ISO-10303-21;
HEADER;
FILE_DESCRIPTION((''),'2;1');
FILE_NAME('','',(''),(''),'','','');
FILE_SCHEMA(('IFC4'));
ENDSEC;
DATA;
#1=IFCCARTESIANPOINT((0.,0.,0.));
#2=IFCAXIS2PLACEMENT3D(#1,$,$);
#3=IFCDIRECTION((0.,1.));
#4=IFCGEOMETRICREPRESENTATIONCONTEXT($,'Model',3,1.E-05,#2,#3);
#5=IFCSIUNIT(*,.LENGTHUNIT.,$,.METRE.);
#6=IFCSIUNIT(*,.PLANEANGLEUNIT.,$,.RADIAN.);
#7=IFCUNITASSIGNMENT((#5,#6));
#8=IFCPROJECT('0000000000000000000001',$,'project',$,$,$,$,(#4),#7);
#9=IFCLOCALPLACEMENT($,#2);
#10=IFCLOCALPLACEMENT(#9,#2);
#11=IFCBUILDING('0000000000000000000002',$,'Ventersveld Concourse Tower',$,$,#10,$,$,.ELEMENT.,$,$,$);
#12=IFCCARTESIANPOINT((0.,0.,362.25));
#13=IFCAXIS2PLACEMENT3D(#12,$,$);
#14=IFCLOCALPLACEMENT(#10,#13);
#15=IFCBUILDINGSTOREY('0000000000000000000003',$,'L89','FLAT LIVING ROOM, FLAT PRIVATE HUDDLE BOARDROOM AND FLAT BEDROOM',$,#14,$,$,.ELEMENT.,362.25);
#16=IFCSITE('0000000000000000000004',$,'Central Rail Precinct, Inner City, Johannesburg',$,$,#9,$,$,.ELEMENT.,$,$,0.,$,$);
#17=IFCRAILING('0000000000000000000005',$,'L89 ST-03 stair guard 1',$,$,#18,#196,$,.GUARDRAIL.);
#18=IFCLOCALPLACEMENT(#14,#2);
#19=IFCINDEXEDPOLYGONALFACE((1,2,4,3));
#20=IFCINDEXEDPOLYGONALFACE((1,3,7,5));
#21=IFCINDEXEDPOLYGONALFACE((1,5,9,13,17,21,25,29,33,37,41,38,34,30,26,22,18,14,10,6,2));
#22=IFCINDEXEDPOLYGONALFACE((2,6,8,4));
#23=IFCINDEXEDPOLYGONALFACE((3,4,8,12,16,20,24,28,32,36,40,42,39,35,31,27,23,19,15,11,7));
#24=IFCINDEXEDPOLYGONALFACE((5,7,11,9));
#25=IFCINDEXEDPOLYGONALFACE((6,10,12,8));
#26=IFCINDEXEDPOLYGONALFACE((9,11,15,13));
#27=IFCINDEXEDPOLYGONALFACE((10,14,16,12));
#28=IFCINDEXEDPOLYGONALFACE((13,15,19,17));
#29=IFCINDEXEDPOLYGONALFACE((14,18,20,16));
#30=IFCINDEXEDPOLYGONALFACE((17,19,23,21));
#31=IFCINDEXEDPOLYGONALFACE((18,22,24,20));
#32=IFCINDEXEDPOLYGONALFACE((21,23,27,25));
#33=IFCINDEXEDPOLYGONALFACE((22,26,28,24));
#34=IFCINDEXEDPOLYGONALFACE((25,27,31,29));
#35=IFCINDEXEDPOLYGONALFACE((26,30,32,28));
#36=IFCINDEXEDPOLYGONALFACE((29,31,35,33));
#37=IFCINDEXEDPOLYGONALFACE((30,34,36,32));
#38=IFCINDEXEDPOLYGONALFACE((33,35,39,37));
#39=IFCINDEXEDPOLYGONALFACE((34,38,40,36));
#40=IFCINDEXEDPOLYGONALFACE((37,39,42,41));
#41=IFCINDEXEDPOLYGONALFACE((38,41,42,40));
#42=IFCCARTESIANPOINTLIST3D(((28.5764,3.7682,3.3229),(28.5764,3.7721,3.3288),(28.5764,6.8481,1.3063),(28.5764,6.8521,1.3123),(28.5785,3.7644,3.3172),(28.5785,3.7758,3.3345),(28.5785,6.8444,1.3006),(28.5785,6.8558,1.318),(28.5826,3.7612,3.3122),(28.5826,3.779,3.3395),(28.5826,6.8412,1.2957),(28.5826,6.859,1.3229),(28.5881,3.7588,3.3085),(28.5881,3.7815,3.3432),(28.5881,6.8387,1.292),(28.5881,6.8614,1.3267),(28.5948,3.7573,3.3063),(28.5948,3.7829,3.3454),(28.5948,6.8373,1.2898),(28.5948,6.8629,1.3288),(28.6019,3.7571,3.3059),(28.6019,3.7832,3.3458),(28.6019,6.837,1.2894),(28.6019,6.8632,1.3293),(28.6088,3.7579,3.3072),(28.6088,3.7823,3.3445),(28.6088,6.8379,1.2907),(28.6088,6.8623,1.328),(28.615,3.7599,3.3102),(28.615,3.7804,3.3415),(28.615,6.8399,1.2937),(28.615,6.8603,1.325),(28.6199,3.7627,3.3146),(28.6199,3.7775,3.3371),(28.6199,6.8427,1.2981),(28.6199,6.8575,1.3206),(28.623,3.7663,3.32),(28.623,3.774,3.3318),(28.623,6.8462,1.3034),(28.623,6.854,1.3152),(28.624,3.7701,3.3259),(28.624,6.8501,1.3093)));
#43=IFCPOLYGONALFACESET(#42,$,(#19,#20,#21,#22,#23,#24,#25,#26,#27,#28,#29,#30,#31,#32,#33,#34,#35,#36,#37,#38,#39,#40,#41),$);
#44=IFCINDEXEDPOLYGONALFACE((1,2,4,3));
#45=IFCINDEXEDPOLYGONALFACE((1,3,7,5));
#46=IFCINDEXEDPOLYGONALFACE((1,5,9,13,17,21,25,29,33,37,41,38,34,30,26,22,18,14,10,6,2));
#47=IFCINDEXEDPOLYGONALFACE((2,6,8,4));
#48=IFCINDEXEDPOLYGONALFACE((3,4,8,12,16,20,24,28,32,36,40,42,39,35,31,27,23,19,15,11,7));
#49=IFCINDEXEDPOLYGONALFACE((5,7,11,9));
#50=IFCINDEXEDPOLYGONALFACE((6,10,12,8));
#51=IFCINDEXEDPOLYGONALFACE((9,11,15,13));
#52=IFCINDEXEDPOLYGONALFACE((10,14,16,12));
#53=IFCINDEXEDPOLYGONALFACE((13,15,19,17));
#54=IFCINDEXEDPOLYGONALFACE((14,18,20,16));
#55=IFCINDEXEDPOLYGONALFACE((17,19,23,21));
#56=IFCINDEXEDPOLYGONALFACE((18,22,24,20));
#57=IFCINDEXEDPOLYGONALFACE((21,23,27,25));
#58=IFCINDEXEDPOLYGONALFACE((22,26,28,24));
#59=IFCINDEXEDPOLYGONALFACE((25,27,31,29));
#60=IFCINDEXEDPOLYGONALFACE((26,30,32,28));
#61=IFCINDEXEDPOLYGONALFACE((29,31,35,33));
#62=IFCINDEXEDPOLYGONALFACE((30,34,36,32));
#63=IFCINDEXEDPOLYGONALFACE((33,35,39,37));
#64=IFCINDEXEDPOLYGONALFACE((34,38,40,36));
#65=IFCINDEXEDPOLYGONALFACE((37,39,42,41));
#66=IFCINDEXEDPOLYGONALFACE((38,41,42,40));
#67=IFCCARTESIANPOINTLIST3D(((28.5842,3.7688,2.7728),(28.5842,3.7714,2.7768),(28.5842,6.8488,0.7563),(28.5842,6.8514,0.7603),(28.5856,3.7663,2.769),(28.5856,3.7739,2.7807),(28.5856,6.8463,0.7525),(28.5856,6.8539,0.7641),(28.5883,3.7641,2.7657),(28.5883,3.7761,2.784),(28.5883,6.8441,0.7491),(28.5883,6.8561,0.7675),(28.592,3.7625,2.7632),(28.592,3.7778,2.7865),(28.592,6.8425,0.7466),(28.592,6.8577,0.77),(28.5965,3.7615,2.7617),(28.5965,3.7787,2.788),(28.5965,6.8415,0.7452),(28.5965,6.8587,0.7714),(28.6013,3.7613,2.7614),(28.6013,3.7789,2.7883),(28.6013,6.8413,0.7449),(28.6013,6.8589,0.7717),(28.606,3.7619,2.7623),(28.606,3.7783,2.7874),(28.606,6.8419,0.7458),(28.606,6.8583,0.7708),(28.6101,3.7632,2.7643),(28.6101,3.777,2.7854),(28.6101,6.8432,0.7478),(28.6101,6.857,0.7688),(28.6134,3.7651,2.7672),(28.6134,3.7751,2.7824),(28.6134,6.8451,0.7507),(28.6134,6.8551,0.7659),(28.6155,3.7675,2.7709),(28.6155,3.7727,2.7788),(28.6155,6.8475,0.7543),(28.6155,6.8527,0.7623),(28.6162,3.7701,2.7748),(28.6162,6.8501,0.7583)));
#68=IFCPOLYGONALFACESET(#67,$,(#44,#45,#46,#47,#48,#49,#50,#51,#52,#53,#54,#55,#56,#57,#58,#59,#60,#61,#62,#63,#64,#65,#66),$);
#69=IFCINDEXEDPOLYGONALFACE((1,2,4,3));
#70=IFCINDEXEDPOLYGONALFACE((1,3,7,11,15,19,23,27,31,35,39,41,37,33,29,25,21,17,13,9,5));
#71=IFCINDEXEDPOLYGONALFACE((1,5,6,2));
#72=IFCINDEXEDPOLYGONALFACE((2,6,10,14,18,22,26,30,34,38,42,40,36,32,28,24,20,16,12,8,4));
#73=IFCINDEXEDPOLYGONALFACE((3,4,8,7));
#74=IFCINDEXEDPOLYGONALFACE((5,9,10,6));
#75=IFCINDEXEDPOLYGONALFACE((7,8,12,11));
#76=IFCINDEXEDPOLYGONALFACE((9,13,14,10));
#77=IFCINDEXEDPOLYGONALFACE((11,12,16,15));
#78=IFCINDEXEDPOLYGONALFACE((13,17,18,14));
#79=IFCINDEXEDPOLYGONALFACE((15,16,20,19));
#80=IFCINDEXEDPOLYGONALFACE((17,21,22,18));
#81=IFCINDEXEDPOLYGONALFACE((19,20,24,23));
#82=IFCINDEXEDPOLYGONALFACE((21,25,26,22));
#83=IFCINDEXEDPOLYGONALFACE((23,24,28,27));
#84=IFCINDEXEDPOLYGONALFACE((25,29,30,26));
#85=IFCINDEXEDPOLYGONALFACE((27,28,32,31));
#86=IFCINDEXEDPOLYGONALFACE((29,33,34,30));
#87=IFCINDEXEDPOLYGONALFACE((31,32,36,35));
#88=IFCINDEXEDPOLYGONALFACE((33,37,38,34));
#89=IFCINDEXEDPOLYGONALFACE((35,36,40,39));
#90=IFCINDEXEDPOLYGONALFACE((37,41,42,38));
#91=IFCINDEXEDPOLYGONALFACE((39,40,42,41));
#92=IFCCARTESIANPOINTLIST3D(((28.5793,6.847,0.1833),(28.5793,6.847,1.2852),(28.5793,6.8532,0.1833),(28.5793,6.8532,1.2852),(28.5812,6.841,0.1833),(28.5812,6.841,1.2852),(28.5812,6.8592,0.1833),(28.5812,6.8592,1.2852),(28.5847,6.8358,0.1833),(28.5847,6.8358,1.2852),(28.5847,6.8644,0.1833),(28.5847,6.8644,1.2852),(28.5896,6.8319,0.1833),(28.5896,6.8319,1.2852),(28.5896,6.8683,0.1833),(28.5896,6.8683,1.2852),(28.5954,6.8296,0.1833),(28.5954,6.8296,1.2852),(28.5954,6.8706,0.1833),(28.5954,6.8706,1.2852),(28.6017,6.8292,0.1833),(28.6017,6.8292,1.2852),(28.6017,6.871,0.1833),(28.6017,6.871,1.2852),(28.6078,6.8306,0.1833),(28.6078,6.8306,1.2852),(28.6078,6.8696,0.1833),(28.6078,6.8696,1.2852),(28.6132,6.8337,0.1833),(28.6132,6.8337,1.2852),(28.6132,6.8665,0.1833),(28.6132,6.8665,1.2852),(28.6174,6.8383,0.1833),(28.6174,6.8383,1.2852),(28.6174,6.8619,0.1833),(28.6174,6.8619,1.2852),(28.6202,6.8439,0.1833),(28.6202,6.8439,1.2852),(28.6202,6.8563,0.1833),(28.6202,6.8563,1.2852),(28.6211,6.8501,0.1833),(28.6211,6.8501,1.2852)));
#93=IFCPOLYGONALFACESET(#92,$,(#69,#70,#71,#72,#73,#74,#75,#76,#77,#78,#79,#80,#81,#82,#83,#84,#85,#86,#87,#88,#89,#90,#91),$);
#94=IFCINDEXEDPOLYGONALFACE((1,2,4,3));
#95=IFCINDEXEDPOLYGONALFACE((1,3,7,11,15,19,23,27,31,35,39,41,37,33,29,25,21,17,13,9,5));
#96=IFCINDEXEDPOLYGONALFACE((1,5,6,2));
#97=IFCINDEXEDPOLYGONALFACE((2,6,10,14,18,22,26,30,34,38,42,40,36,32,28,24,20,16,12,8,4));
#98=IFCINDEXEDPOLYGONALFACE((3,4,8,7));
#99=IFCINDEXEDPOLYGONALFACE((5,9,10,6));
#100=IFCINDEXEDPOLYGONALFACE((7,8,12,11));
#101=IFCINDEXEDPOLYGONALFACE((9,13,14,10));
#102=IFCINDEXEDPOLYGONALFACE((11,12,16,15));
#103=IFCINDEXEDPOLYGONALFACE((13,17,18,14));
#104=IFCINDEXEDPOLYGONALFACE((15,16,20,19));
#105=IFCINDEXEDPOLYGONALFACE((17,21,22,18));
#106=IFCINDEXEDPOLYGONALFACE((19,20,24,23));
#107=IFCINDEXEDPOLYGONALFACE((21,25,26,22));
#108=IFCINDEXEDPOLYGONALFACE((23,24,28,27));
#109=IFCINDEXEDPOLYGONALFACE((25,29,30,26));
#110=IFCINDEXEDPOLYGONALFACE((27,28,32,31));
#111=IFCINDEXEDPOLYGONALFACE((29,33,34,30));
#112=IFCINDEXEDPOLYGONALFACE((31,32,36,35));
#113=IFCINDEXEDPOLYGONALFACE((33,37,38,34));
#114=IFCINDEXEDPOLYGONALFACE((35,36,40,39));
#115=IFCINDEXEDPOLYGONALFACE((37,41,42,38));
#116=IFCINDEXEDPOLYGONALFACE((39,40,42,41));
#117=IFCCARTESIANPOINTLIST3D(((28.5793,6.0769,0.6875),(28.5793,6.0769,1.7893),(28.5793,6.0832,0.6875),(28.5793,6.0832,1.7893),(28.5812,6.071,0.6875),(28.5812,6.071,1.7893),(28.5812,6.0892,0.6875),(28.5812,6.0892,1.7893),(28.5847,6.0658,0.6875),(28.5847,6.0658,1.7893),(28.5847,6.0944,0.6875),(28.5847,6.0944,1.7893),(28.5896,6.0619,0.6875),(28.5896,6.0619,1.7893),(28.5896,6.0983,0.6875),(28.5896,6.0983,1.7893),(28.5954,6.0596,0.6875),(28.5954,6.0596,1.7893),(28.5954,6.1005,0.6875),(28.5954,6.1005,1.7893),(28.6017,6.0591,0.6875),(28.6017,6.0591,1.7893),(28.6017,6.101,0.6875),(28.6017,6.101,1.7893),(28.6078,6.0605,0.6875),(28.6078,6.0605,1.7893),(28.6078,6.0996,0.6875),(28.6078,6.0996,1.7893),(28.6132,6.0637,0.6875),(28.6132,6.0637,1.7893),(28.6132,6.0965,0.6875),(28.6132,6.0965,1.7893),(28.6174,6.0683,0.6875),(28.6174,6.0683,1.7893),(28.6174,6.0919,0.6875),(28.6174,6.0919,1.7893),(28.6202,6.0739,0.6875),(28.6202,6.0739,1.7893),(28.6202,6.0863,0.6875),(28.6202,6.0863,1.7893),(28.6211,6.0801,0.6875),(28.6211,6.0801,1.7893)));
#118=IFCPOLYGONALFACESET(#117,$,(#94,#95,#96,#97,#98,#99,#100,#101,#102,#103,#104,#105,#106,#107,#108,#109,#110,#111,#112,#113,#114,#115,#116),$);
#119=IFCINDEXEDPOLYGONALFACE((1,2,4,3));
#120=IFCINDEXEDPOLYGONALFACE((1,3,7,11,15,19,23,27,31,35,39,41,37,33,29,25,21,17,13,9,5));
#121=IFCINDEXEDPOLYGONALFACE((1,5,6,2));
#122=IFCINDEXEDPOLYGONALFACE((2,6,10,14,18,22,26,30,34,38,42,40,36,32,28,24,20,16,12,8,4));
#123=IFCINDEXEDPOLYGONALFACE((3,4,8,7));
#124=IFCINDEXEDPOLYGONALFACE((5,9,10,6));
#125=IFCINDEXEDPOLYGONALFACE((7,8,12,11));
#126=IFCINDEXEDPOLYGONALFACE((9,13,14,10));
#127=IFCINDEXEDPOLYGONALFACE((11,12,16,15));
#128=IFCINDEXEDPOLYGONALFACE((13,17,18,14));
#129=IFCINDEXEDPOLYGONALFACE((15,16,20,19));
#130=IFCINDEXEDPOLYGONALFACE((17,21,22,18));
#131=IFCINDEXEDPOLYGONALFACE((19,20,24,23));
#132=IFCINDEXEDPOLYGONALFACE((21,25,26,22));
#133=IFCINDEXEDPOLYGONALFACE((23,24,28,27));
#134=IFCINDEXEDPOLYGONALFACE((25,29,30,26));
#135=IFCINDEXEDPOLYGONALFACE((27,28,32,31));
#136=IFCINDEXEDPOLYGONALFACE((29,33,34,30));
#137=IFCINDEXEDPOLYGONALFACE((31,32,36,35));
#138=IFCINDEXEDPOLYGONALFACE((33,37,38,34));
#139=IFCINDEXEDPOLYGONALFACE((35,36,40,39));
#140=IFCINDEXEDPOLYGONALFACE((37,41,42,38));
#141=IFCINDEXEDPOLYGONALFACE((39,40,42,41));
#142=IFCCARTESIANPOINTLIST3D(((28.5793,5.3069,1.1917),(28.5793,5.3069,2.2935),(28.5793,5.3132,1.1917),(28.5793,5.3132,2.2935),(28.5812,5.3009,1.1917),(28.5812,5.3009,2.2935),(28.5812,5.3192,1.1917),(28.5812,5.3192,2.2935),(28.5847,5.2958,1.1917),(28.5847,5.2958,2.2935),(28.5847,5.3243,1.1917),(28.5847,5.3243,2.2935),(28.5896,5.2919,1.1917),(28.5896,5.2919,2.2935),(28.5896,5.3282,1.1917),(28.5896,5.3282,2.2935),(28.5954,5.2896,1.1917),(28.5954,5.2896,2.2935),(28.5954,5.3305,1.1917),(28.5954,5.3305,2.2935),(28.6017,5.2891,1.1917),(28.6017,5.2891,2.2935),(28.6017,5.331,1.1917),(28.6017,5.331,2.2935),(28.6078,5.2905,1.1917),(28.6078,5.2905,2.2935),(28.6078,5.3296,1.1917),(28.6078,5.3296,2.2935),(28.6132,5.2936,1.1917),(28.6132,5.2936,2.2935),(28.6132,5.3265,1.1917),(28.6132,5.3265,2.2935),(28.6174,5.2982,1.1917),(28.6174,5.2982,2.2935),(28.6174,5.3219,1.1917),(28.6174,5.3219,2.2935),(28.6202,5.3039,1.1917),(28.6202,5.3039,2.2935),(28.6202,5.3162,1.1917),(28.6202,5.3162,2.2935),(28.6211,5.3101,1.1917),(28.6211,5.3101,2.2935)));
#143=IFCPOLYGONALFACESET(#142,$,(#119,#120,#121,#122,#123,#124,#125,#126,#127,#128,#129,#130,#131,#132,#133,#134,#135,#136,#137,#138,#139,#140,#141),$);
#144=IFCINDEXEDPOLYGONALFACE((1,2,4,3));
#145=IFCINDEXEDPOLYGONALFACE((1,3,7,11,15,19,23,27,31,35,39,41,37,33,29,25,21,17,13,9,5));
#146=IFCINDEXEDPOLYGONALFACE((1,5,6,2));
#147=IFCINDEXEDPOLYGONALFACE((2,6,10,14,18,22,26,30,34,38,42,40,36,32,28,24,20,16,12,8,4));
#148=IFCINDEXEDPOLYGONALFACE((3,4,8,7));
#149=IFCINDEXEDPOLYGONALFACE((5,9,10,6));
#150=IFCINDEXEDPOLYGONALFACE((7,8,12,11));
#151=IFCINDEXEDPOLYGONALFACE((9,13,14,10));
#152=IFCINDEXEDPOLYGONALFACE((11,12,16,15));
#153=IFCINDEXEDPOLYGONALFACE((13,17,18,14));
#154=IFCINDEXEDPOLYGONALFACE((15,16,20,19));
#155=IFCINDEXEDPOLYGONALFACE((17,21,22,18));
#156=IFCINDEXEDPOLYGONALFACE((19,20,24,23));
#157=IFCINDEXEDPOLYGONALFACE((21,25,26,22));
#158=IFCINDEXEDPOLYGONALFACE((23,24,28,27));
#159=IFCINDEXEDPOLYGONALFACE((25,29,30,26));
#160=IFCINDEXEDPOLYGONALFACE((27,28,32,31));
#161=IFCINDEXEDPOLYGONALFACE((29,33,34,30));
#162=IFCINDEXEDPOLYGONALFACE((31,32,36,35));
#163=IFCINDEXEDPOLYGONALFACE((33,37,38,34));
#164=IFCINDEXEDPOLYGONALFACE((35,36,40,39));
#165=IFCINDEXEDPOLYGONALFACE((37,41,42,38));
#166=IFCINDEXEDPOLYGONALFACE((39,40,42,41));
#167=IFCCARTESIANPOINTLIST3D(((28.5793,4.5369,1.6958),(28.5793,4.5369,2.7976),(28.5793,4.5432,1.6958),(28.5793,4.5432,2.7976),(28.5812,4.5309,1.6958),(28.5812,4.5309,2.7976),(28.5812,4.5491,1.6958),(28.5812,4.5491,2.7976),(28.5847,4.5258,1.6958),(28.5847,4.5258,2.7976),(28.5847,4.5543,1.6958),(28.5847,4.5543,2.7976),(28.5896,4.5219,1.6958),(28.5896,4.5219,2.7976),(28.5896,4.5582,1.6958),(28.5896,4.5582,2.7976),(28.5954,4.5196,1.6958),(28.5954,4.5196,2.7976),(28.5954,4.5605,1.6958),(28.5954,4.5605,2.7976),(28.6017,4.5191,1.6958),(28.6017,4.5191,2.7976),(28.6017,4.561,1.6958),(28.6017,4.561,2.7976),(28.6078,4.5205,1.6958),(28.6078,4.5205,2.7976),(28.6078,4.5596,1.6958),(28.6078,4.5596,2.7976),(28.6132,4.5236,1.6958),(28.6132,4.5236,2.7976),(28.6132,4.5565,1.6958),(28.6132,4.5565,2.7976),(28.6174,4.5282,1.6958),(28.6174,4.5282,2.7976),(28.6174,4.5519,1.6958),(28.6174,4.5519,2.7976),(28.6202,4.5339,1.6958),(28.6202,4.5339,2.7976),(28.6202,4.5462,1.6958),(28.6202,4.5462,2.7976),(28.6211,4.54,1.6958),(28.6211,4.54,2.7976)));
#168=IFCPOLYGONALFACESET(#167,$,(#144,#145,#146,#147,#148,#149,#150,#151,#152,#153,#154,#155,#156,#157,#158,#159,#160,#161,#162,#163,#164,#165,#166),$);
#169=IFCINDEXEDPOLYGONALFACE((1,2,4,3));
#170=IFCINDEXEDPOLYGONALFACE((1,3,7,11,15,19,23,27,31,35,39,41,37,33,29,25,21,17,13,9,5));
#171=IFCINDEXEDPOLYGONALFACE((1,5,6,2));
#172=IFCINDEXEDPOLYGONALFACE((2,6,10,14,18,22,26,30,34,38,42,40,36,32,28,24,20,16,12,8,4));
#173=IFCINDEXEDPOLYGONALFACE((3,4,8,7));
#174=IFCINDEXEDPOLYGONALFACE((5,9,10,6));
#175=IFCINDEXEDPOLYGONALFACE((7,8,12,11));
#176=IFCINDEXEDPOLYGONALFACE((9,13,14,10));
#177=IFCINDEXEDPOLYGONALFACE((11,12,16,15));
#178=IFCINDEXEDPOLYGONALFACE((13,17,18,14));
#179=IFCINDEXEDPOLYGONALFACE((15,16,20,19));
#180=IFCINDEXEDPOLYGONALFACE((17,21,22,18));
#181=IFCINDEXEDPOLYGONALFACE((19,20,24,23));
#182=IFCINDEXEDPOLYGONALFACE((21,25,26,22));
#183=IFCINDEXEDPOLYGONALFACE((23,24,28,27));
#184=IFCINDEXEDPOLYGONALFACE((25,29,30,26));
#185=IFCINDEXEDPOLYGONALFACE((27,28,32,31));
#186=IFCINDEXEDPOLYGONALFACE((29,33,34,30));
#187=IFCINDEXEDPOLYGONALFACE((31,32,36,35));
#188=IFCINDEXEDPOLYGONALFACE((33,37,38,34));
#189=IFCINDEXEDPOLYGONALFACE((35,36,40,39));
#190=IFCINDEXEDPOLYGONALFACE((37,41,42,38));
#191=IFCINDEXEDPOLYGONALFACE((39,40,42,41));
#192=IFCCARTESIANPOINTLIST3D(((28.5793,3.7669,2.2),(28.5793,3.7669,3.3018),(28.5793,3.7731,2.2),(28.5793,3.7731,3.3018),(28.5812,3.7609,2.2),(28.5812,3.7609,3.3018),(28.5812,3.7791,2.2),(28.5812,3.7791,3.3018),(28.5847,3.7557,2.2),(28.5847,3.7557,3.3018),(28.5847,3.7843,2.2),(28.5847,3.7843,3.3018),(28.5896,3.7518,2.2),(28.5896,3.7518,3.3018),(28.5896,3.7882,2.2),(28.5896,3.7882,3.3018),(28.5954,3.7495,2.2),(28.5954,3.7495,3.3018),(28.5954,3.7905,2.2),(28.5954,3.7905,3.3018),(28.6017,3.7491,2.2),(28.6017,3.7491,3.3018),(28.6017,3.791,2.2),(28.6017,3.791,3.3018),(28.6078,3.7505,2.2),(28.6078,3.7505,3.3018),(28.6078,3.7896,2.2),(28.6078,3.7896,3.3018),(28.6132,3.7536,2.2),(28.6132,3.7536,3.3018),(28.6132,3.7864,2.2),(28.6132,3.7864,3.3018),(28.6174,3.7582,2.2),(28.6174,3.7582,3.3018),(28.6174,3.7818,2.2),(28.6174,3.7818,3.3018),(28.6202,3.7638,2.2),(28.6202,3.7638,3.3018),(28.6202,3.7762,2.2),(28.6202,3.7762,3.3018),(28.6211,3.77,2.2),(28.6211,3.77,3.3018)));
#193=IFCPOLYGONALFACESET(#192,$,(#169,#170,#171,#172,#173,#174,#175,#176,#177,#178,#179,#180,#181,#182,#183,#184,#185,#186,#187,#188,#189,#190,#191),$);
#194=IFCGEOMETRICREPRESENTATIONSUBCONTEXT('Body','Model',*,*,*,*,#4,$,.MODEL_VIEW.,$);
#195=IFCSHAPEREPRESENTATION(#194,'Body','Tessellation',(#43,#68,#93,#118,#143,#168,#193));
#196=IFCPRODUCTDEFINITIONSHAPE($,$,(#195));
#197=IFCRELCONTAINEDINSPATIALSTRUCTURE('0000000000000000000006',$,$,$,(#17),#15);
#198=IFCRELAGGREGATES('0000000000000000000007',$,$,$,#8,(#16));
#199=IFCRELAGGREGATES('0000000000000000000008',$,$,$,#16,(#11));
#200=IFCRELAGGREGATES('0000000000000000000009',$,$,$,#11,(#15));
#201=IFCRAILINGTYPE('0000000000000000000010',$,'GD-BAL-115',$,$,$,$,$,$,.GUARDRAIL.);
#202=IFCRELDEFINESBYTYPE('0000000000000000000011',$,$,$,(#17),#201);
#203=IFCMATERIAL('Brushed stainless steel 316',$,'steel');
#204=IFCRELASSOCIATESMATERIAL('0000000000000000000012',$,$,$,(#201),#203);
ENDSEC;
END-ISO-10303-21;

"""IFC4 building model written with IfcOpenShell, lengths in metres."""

from ifc_helpers import new_model, si_unit, direction, frame, origin, origin_2d, place, context, subcontext, project, spatial, circle, extrude, material, type_object, element, save


model = new_model("IFC4")

# Units and contexts
model_context = context("Model", 3, precision=1e-05, world=origin(), true_north=direction((0.0, 1.0)))
body_context = subcontext(model_context, "Body", "Model", "MODEL_VIEW")
ifc_project = project(units=[si_unit("LENGTHUNIT", "METRE"), si_unit("PLANEANGLEUNIT", "RADIAN")], contexts=[model_context])

# Site, building, storey
site_placement = place(None, origin())
site = spatial("IfcSite", under=ifc_project, at=site_placement, Name="Central Rail Precinct, Inner City, Johannesburg", CompositionType="ELEMENT", RefElevation=0.0)
building_placement = place(site_placement, origin())
building = spatial("IfcBuilding", under=site, at=building_placement, Name="Ventersveld Concourse Tower", CompositionType="ELEMENT")
storey_placement = place(building_placement, frame((0.0, 0.0, 362.25)))
storey = spatial("IfcBuildingStorey", under=building, at=storey_placement, Name="L89", Description="FLAT LIVING ROOM, FLAT PRIVATE HUDDLE BOARDROOM AND FLAT BEDROOM", CompositionType="ELEMENT", Elevation=362.25)

# Shared definitions
ifc_material_1 = material(Name="Brushed stainless steel 316", Category="steel")

# Railing
railing_type_1 = type_object("IfcRailingType", Name="GD-BAL-115", PredefinedType="GUARDRAIL", material=ifc_material_1)
railing_1_placement = place(storey_placement, frame((28.6001, 6.8501, 0.1833)))
element("IfcRailing", 1, at=railing_1_placement, inside=storey, type_object=railing_type_1, Name="L89 ST-03 stair guard 1", PredefinedType="GUARDRAIL", context=body_context, shape_type="SweptSolid", body=[
    extrude(circle(Radius=0.0239, at=origin_2d()), frame((0.0, 0.0, 1.126), z_axis=(0.0, -0.836633, 0.547764), x_axis=(1.0, 0.0, 0.0)), (0.0, 0.0, 1.0), 3.6814),
    extrude(circle(Radius=0.0161, at=origin_2d()), frame((0.0, 0.0, 0.575), z_axis=(0.0, -0.836633, 0.547764), x_axis=(1.0, 0.0, 0.0)), (0.0, 0.0, 1.0), 3.6814),
    extrude(circle(Radius=0.021, at=origin_2d()), origin(), (0.0, 0.0, 1.0), 1.1018),
    extrude(circle(Radius=0.021, at=origin_2d()), frame((0.0, -0.77, 0.5042)), (0.0, 0.0, 1.0), 1.1018),
    extrude(circle(Radius=0.021, at=origin_2d()), frame((0.0, -1.54, 1.0083)), (0.0, 0.0, 1.0), 1.1018),
    extrude(circle(Radius=0.021, at=origin_2d()), frame((0.0, -2.3101, 1.5125)), (0.0, 0.0, 1.0), 1.1018),
    extrude(circle(Radius=0.021, at=origin_2d()), frame((0.0, -3.0801, 2.0166)), (0.0, 0.0, 1.0), 1.1018),
])

save(model, "model.ifc")
